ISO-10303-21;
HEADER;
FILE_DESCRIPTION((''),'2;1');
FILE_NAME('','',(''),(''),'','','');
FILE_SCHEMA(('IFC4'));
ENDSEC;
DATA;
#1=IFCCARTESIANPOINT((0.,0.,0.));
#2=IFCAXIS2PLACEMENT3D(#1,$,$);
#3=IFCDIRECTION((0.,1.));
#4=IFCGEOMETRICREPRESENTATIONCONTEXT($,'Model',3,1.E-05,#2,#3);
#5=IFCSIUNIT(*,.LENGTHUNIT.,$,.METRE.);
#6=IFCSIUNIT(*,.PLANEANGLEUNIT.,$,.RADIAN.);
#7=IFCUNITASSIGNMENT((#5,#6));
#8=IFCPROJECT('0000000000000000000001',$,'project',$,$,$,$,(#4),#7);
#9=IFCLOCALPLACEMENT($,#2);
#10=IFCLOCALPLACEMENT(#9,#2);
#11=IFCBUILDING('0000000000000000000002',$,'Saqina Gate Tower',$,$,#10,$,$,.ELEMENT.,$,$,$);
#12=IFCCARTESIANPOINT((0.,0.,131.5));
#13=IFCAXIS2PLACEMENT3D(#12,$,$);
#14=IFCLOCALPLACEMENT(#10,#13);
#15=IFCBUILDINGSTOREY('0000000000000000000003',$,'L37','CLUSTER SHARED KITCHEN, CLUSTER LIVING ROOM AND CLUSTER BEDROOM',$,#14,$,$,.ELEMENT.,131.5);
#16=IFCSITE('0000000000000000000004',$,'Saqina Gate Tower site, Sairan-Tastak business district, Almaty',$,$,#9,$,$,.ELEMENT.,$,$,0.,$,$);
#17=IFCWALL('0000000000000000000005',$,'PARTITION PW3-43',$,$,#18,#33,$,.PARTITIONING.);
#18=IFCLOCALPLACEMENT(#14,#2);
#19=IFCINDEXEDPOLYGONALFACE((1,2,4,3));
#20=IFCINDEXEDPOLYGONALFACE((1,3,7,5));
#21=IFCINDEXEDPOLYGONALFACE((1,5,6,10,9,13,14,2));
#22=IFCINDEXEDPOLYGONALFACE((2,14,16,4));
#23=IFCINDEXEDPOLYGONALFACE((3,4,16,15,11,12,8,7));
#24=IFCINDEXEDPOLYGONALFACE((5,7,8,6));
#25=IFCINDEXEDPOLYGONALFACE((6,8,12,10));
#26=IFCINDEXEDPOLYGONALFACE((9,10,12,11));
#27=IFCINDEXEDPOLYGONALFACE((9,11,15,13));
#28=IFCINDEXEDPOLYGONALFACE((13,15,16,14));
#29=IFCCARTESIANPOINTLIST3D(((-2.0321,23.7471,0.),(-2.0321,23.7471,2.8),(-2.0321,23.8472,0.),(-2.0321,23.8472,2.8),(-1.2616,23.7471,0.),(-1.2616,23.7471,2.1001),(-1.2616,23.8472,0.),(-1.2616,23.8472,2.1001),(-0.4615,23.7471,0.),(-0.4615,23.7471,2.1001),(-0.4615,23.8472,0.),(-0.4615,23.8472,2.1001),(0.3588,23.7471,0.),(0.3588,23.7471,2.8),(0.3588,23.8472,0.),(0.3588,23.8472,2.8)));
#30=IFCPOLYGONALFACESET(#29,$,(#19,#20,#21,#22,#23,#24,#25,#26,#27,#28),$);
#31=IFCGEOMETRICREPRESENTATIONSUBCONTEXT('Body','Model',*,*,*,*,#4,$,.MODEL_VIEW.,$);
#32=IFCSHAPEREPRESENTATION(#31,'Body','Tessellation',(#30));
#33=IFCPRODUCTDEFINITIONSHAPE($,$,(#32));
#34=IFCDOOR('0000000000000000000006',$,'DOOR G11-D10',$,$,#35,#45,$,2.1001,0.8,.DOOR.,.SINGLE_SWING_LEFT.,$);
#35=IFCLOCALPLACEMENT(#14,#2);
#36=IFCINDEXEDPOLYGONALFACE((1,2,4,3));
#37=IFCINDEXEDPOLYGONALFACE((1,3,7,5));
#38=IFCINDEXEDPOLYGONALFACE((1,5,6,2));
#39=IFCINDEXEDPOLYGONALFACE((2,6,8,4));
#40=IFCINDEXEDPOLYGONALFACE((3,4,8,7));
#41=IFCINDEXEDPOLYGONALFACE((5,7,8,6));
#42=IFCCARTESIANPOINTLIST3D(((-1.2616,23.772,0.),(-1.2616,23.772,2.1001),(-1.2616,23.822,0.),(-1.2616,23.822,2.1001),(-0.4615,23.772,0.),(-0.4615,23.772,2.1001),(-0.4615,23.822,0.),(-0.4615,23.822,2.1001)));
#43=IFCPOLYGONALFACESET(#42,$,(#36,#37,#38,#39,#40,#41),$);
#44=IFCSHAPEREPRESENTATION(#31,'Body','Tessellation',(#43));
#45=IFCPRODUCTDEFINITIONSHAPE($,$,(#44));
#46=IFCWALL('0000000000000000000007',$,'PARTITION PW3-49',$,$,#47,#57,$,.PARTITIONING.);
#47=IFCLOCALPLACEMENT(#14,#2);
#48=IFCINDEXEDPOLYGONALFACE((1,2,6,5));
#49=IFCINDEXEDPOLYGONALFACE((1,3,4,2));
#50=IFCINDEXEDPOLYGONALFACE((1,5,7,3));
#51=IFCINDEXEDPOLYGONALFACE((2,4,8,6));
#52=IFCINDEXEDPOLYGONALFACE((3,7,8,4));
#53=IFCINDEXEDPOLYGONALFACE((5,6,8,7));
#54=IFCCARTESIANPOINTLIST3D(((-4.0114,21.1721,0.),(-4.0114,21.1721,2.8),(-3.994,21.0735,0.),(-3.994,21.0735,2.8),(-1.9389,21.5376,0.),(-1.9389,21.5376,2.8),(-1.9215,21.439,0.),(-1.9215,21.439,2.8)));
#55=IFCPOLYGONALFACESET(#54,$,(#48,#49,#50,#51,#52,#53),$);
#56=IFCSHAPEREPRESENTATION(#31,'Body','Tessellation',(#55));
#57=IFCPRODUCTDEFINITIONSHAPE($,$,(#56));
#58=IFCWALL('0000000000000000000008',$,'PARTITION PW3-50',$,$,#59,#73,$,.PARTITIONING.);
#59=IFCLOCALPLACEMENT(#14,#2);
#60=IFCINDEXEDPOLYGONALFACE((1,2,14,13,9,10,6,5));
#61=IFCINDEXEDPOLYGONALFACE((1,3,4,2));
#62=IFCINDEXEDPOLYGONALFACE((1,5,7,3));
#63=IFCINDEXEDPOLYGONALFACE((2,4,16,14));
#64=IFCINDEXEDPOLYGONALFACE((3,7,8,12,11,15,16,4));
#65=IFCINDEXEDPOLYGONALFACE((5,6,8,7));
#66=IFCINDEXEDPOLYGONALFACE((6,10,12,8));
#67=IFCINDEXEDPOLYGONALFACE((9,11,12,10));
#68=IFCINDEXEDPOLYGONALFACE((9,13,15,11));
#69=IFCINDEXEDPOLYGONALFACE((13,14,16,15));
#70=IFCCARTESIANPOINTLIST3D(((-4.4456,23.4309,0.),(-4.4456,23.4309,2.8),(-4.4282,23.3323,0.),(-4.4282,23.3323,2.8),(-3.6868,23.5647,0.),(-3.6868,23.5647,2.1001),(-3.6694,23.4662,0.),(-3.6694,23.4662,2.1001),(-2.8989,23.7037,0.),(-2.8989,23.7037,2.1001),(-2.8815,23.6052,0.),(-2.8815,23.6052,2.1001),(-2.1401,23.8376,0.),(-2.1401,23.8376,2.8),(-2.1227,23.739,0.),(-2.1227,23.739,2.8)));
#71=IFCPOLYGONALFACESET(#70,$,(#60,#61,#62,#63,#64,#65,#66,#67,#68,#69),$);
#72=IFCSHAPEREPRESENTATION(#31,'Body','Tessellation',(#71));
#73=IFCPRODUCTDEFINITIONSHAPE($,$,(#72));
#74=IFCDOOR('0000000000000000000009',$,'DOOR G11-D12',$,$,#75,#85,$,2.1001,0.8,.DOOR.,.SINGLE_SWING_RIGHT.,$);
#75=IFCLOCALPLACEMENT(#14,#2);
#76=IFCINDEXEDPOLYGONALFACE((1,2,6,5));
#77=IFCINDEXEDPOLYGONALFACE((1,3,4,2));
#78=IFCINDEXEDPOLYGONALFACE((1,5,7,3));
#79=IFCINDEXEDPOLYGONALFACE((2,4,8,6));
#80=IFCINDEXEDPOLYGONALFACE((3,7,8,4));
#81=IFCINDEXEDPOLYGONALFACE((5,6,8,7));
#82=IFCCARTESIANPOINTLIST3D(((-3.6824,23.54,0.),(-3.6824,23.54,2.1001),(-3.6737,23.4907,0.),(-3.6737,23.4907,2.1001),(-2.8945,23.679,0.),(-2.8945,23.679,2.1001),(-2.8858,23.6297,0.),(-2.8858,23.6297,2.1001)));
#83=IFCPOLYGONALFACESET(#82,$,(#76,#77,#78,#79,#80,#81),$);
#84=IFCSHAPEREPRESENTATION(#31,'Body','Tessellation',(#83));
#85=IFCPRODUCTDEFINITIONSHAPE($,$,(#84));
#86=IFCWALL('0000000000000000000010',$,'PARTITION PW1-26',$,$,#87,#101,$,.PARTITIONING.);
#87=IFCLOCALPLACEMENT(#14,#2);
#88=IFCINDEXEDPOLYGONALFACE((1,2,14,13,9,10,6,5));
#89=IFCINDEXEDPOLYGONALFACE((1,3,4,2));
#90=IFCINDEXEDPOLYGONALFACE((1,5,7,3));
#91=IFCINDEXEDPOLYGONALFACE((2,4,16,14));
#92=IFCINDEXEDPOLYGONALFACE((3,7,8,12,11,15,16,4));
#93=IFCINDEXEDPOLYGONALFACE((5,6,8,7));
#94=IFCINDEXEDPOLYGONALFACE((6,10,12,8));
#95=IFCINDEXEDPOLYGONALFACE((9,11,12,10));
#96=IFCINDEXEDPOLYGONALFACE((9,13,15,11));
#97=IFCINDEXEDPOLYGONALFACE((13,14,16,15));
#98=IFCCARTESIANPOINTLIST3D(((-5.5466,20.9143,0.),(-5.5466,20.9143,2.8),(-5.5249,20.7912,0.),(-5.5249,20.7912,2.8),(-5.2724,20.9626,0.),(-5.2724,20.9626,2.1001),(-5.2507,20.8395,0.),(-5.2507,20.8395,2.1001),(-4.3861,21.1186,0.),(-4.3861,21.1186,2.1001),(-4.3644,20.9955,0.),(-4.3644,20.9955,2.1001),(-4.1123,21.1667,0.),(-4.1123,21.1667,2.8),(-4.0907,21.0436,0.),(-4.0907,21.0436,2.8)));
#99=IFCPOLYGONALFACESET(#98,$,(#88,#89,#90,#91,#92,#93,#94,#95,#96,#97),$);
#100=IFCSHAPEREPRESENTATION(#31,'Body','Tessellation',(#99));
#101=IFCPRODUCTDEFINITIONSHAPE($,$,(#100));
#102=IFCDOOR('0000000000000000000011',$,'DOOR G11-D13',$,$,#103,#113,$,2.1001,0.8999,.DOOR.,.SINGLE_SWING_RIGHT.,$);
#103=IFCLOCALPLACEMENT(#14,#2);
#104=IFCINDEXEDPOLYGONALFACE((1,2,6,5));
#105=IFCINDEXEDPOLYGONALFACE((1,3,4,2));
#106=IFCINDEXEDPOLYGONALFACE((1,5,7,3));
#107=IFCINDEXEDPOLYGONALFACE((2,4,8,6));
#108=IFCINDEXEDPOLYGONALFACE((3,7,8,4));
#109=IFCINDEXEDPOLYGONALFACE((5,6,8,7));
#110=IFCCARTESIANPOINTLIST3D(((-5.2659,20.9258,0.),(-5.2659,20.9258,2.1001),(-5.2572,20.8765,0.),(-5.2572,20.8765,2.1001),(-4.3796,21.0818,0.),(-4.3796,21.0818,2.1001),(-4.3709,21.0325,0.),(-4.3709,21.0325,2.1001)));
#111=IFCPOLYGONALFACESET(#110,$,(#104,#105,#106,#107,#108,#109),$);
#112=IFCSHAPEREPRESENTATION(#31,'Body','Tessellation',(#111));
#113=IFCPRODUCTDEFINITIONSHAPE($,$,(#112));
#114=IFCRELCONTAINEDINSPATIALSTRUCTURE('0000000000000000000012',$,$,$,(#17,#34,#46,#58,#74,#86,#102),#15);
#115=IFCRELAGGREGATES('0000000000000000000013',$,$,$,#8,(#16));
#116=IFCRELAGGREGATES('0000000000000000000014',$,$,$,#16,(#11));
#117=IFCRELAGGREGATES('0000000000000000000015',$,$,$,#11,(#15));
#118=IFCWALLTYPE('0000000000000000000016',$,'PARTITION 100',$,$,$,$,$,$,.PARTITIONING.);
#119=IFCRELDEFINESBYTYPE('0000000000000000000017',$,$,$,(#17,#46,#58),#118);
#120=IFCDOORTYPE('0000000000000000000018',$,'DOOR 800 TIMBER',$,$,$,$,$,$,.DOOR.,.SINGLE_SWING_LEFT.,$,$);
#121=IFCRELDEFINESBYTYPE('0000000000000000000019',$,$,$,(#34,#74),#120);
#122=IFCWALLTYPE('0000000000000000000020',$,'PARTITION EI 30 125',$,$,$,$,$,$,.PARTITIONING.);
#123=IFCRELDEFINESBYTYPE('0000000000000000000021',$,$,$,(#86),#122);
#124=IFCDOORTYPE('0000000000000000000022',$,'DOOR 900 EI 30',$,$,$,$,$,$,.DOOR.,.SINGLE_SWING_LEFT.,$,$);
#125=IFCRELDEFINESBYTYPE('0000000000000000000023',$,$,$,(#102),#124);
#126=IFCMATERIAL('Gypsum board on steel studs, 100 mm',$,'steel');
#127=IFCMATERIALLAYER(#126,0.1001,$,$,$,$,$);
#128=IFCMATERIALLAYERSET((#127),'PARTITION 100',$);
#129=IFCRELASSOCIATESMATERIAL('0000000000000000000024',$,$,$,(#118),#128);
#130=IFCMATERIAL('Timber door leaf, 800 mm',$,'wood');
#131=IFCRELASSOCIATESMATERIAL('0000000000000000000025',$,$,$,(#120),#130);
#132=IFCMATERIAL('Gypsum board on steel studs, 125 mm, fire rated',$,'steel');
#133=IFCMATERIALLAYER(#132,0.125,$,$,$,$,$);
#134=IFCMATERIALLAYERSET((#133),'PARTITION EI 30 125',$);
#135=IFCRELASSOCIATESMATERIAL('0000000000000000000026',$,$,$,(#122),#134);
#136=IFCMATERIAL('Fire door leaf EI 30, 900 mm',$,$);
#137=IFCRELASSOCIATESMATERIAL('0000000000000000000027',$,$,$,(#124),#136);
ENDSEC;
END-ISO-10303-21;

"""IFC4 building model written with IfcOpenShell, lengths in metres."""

from ifc_helpers import new_model, si_unit, direction, frame, frame_2d, origin, place, context, subcontext, project, spatial, rectangle, extrude, material, layer, layer_set, type_object, element, fill, save


model = new_model("IFC4")

# Units and contexts
model_context = context("Model", 3, precision=1e-05, world=origin(), true_north=direction((0.0, 1.0)))
body_context = subcontext(model_context, "Body", "Model", "MODEL_VIEW")
ifc_project = project(units=[si_unit("LENGTHUNIT", "METRE"), si_unit("PLANEANGLEUNIT", "RADIAN")], contexts=[model_context])

# Site, building, storey
site_placement = place(None, origin())
site = spatial("IfcSite", under=ifc_project, at=site_placement, Name="Saqina Gate Tower site, Sairan-Tastak business district, Almaty", CompositionType="ELEMENT", RefElevation=0.0)
building_placement = place(site_placement, origin())
building = spatial("IfcBuilding", under=site, at=building_placement, Name="Saqina Gate Tower", CompositionType="ELEMENT")
storey_placement = place(building_placement, frame((0.0, 0.0, 131.5)))
storey = spatial("IfcBuildingStorey", under=building, at=storey_placement, Name="L37", Description="CLUSTER SHARED KITCHEN, CLUSTER LIVING ROOM AND CLUSTER BEDROOM", CompositionType="ELEMENT", Elevation=131.5)

# Shared definitions
ifc_material_1 = material(Name="Gypsum board on steel studs, 100 mm", Category="steel")
ifc_layer_1 = layer(ifc_material_1, 0.1001)
ifc_layer_set_1 = layer_set([ifc_layer_1], Name="PARTITION 100")
wall_type_1 = type_object("IfcWallType", Name="PARTITION 100", PredefinedType="PARTITIONING", material=ifc_layer_set_1)

# Wall, opening, door
wall_1_placement = place(storey_placement, frame((-2.032, 23.7971, 0.0), z_axis=(0.0, 0.0, 1.0), x_axis=(1.0, 0.0, 0.0)))
wall_1 = element("IfcWall", 1, at=wall_1_placement, inside=storey, type_object=wall_type_1, Name="PARTITION PW3-43", PredefinedType="PARTITIONING", context=body_context, shape_type="SweptSolid", body=[
    extrude(rectangle(XDim=2.3909, YDim=0.1001, at=frame_2d((1.1953, 0.0))), origin(), (0.0, 0.0, 1.0), 2.8),
])
opening_1_placement = place(wall_1_placement, frame((0.7705, 0.0, 0.0)))
opening_1 = element("IfcOpeningElement", 2, at=opening_1_placement, cuts=wall_1, PredefinedType="OPENING", context=body_context, shape_type="SweptSolid", body=[
    extrude(rectangle(XDim=0.8, YDim=2.1001, at=frame_2d((0.3999, 1.05))), frame((0.0, 0.062, 0.0), z_axis=(0.0, -1.0, 0.0), x_axis=(1.0, 0.0, 0.0)), (0.0, 0.0, 1.0), 0.124),
])
ifc_material_2 = material(Name="Timber door leaf, 800 mm", Category="wood")
door_type_1 = type_object("IfcDoorType", Name="DOOR 800 TIMBER", OperationType="SINGLE_SWING_LEFT", PredefinedType="DOOR", material=ifc_material_2)
door_1_placement = place(opening_1_placement, origin())
door_1 = element("IfcDoor", 3, at=door_1_placement, inside=storey, type_object=door_type_1, Name="DOOR G11-D10", OperationType="SINGLE_SWING_LEFT", OverallHeight=2.1001, OverallWidth=0.8, PredefinedType="DOOR", context=body_context, shape_type="SweptSolid", body=[
    extrude(rectangle(XDim=0.8, YDim=2.1001, at=frame_2d((0.3999, 1.05))), frame((0.0, 0.0249, 0.0), z_axis=(0.0, -1.0, 0.0), x_axis=(1.0, 0.0, 0.0)), (0.0, 0.0, 1.0), 0.05),
])
fill(opening_1, door_1)

# Wall
wall_2_placement = place(storey_placement, frame((-4.0027, 21.1228, 0.0), z_axis=(0.0, 0.0, 1.0), x_axis=(0.984805, 0.173666, 0.0)))
element("IfcWall", 4, at=wall_2_placement, inside=storey, type_object=wall_type_1, Name="PARTITION PW3-49", PredefinedType="PARTITIONING", context=body_context, shape_type="SweptSolid", body=[
    extrude(rectangle(XDim=2.1045, YDim=0.1001, at=frame_2d((1.0522, 0.0))), origin(), (0.0, 0.0, 1.0), 2.8),
])

# Walls, openings, doors
wall_3_placement = place(storey_placement, frame((-4.4368, 23.3816, 0.0), z_axis=(0.0, 0.0, 1.0), x_axis=(0.984791, 0.173744, 0.0)))
wall_3 = element("IfcWall", 5, at=wall_3_placement, inside=storey, type_object=wall_type_1, Name="PARTITION PW3-50", PredefinedType="PARTITIONING", context=body_context, shape_type="SweptSolid", body=[
    extrude(rectangle(XDim=2.3411, YDim=0.1001, at=frame_2d((1.1704, 0.0))), origin(), (0.0, 0.0, 1.0), 2.8),
])
opening_2_placement = place(wall_3_placement, frame((0.7705, 0.0, 0.0)))
opening_2 = element("IfcOpeningElement", 6, at=opening_2_placement, cuts=wall_3, PredefinedType="OPENING", context=body_context, shape_type="SweptSolid", body=[
    extrude(rectangle(XDim=0.8, YDim=2.1001, at=frame_2d((0.3999, 1.05))), frame((0.0, 0.062, 0.0), z_axis=(0.0, -1.0, 0.0), x_axis=(1.0, 0.0, 0.0)), (0.0, 0.0, 1.0), 0.124),
])
door_2_placement = place(opening_2_placement, origin())
door_2 = element("IfcDoor", 7, at=door_2_placement, inside=storey, type_object=door_type_1, Name="DOOR G11-D12", OperationType="SINGLE_SWING_RIGHT", OverallHeight=2.1001, OverallWidth=0.8, PredefinedType="DOOR", context=body_context, shape_type="SweptSolid", body=[
    extrude(rectangle(XDim=0.8, YDim=2.1001, at=frame_2d((0.3999, 1.05))), frame((0.0, 0.0249, 0.0), z_axis=(0.0, -1.0, 0.0), x_axis=(1.0, 0.0, 0.0)), (0.0, 0.0, 1.0), 0.05),
])
fill(opening_2, door_2)
ifc_material_3 = material(Name="Gypsum board on steel studs, 125 mm, fire rated", Category="steel")
ifc_layer_2 = layer(ifc_material_3, 0.125)
ifc_layer_set_2 = layer_set([ifc_layer_2], Name="PARTITION EI 30 125")
wall_type_2 = type_object("IfcWallType", Name="PARTITION EI 30 125", PredefinedType="PARTITIONING", material=ifc_layer_set_2)
wall_4_placement = place(storey_placement, frame((-5.5356, 20.8528, 0.0), z_axis=(0.0, 0.0, 1.0), x_axis=(0.984863, 0.173336, 0.0)))
wall_4 = element("IfcWall", 8, at=wall_4_placement, inside=storey, type_object=wall_type_2, Name="PARTITION PW1-26", PredefinedType="PARTITIONING", context=body_context, shape_type="SweptSolid", body=[
    extrude(rectangle(XDim=1.4563, YDim=0.125, at=frame_2d((0.728, 0.0))), origin(), (0.0, 0.0, 1.0), 2.8),
])
opening_3_placement = place(wall_4_placement, frame((0.2783, 0.0, 0.0)))
opening_3 = element("IfcOpeningElement", 9, at=opening_3_placement, cuts=wall_4, PredefinedType="OPENING", context=body_context, shape_type="SweptSolid", body=[
    extrude(rectangle(XDim=0.8999, YDim=2.1001, at=frame_2d((0.45, 1.05))), frame((0.0, 0.0745, 0.0), z_axis=(0.0, -1.0, 0.0), x_axis=(1.0, 0.0, 0.0)), (0.0, 0.0, 1.0), 0.1489),
])
ifc_material_4 = material(Name="Fire door leaf EI 30, 900 mm")
door_type_2 = type_object("IfcDoorType", Name="DOOR 900 EI 30", OperationType="SINGLE_SWING_LEFT", PredefinedType="DOOR", material=ifc_material_4)
door_3_placement = place(opening_3_placement, frame((0.8999, 0.0, 0.0), z_axis=(0.0, 0.0, 1.0), x_axis=(-1.0, 0.0, 0.0)))
door_3 = element("IfcDoor", 10, at=door_3_placement, inside=storey, type_object=door_type_2, Name="DOOR G11-D13", OperationType="SINGLE_SWING_RIGHT", OverallHeight=2.1001, OverallWidth=0.8999, PredefinedType="DOOR", context=body_context, shape_type="SweptSolid", body=[
    extrude(rectangle(XDim=0.8999, YDim=2.1001, at=frame_2d((0.45, 1.05))), frame((0.0, 0.0249, 0.0), z_axis=(0.0, -1.0, 0.0), x_axis=(1.0, 0.0, 0.0)), (0.0, 0.0, 1.0), 0.05),
])
fill(opening_3, door_3)

save(model, "model.ifc")
